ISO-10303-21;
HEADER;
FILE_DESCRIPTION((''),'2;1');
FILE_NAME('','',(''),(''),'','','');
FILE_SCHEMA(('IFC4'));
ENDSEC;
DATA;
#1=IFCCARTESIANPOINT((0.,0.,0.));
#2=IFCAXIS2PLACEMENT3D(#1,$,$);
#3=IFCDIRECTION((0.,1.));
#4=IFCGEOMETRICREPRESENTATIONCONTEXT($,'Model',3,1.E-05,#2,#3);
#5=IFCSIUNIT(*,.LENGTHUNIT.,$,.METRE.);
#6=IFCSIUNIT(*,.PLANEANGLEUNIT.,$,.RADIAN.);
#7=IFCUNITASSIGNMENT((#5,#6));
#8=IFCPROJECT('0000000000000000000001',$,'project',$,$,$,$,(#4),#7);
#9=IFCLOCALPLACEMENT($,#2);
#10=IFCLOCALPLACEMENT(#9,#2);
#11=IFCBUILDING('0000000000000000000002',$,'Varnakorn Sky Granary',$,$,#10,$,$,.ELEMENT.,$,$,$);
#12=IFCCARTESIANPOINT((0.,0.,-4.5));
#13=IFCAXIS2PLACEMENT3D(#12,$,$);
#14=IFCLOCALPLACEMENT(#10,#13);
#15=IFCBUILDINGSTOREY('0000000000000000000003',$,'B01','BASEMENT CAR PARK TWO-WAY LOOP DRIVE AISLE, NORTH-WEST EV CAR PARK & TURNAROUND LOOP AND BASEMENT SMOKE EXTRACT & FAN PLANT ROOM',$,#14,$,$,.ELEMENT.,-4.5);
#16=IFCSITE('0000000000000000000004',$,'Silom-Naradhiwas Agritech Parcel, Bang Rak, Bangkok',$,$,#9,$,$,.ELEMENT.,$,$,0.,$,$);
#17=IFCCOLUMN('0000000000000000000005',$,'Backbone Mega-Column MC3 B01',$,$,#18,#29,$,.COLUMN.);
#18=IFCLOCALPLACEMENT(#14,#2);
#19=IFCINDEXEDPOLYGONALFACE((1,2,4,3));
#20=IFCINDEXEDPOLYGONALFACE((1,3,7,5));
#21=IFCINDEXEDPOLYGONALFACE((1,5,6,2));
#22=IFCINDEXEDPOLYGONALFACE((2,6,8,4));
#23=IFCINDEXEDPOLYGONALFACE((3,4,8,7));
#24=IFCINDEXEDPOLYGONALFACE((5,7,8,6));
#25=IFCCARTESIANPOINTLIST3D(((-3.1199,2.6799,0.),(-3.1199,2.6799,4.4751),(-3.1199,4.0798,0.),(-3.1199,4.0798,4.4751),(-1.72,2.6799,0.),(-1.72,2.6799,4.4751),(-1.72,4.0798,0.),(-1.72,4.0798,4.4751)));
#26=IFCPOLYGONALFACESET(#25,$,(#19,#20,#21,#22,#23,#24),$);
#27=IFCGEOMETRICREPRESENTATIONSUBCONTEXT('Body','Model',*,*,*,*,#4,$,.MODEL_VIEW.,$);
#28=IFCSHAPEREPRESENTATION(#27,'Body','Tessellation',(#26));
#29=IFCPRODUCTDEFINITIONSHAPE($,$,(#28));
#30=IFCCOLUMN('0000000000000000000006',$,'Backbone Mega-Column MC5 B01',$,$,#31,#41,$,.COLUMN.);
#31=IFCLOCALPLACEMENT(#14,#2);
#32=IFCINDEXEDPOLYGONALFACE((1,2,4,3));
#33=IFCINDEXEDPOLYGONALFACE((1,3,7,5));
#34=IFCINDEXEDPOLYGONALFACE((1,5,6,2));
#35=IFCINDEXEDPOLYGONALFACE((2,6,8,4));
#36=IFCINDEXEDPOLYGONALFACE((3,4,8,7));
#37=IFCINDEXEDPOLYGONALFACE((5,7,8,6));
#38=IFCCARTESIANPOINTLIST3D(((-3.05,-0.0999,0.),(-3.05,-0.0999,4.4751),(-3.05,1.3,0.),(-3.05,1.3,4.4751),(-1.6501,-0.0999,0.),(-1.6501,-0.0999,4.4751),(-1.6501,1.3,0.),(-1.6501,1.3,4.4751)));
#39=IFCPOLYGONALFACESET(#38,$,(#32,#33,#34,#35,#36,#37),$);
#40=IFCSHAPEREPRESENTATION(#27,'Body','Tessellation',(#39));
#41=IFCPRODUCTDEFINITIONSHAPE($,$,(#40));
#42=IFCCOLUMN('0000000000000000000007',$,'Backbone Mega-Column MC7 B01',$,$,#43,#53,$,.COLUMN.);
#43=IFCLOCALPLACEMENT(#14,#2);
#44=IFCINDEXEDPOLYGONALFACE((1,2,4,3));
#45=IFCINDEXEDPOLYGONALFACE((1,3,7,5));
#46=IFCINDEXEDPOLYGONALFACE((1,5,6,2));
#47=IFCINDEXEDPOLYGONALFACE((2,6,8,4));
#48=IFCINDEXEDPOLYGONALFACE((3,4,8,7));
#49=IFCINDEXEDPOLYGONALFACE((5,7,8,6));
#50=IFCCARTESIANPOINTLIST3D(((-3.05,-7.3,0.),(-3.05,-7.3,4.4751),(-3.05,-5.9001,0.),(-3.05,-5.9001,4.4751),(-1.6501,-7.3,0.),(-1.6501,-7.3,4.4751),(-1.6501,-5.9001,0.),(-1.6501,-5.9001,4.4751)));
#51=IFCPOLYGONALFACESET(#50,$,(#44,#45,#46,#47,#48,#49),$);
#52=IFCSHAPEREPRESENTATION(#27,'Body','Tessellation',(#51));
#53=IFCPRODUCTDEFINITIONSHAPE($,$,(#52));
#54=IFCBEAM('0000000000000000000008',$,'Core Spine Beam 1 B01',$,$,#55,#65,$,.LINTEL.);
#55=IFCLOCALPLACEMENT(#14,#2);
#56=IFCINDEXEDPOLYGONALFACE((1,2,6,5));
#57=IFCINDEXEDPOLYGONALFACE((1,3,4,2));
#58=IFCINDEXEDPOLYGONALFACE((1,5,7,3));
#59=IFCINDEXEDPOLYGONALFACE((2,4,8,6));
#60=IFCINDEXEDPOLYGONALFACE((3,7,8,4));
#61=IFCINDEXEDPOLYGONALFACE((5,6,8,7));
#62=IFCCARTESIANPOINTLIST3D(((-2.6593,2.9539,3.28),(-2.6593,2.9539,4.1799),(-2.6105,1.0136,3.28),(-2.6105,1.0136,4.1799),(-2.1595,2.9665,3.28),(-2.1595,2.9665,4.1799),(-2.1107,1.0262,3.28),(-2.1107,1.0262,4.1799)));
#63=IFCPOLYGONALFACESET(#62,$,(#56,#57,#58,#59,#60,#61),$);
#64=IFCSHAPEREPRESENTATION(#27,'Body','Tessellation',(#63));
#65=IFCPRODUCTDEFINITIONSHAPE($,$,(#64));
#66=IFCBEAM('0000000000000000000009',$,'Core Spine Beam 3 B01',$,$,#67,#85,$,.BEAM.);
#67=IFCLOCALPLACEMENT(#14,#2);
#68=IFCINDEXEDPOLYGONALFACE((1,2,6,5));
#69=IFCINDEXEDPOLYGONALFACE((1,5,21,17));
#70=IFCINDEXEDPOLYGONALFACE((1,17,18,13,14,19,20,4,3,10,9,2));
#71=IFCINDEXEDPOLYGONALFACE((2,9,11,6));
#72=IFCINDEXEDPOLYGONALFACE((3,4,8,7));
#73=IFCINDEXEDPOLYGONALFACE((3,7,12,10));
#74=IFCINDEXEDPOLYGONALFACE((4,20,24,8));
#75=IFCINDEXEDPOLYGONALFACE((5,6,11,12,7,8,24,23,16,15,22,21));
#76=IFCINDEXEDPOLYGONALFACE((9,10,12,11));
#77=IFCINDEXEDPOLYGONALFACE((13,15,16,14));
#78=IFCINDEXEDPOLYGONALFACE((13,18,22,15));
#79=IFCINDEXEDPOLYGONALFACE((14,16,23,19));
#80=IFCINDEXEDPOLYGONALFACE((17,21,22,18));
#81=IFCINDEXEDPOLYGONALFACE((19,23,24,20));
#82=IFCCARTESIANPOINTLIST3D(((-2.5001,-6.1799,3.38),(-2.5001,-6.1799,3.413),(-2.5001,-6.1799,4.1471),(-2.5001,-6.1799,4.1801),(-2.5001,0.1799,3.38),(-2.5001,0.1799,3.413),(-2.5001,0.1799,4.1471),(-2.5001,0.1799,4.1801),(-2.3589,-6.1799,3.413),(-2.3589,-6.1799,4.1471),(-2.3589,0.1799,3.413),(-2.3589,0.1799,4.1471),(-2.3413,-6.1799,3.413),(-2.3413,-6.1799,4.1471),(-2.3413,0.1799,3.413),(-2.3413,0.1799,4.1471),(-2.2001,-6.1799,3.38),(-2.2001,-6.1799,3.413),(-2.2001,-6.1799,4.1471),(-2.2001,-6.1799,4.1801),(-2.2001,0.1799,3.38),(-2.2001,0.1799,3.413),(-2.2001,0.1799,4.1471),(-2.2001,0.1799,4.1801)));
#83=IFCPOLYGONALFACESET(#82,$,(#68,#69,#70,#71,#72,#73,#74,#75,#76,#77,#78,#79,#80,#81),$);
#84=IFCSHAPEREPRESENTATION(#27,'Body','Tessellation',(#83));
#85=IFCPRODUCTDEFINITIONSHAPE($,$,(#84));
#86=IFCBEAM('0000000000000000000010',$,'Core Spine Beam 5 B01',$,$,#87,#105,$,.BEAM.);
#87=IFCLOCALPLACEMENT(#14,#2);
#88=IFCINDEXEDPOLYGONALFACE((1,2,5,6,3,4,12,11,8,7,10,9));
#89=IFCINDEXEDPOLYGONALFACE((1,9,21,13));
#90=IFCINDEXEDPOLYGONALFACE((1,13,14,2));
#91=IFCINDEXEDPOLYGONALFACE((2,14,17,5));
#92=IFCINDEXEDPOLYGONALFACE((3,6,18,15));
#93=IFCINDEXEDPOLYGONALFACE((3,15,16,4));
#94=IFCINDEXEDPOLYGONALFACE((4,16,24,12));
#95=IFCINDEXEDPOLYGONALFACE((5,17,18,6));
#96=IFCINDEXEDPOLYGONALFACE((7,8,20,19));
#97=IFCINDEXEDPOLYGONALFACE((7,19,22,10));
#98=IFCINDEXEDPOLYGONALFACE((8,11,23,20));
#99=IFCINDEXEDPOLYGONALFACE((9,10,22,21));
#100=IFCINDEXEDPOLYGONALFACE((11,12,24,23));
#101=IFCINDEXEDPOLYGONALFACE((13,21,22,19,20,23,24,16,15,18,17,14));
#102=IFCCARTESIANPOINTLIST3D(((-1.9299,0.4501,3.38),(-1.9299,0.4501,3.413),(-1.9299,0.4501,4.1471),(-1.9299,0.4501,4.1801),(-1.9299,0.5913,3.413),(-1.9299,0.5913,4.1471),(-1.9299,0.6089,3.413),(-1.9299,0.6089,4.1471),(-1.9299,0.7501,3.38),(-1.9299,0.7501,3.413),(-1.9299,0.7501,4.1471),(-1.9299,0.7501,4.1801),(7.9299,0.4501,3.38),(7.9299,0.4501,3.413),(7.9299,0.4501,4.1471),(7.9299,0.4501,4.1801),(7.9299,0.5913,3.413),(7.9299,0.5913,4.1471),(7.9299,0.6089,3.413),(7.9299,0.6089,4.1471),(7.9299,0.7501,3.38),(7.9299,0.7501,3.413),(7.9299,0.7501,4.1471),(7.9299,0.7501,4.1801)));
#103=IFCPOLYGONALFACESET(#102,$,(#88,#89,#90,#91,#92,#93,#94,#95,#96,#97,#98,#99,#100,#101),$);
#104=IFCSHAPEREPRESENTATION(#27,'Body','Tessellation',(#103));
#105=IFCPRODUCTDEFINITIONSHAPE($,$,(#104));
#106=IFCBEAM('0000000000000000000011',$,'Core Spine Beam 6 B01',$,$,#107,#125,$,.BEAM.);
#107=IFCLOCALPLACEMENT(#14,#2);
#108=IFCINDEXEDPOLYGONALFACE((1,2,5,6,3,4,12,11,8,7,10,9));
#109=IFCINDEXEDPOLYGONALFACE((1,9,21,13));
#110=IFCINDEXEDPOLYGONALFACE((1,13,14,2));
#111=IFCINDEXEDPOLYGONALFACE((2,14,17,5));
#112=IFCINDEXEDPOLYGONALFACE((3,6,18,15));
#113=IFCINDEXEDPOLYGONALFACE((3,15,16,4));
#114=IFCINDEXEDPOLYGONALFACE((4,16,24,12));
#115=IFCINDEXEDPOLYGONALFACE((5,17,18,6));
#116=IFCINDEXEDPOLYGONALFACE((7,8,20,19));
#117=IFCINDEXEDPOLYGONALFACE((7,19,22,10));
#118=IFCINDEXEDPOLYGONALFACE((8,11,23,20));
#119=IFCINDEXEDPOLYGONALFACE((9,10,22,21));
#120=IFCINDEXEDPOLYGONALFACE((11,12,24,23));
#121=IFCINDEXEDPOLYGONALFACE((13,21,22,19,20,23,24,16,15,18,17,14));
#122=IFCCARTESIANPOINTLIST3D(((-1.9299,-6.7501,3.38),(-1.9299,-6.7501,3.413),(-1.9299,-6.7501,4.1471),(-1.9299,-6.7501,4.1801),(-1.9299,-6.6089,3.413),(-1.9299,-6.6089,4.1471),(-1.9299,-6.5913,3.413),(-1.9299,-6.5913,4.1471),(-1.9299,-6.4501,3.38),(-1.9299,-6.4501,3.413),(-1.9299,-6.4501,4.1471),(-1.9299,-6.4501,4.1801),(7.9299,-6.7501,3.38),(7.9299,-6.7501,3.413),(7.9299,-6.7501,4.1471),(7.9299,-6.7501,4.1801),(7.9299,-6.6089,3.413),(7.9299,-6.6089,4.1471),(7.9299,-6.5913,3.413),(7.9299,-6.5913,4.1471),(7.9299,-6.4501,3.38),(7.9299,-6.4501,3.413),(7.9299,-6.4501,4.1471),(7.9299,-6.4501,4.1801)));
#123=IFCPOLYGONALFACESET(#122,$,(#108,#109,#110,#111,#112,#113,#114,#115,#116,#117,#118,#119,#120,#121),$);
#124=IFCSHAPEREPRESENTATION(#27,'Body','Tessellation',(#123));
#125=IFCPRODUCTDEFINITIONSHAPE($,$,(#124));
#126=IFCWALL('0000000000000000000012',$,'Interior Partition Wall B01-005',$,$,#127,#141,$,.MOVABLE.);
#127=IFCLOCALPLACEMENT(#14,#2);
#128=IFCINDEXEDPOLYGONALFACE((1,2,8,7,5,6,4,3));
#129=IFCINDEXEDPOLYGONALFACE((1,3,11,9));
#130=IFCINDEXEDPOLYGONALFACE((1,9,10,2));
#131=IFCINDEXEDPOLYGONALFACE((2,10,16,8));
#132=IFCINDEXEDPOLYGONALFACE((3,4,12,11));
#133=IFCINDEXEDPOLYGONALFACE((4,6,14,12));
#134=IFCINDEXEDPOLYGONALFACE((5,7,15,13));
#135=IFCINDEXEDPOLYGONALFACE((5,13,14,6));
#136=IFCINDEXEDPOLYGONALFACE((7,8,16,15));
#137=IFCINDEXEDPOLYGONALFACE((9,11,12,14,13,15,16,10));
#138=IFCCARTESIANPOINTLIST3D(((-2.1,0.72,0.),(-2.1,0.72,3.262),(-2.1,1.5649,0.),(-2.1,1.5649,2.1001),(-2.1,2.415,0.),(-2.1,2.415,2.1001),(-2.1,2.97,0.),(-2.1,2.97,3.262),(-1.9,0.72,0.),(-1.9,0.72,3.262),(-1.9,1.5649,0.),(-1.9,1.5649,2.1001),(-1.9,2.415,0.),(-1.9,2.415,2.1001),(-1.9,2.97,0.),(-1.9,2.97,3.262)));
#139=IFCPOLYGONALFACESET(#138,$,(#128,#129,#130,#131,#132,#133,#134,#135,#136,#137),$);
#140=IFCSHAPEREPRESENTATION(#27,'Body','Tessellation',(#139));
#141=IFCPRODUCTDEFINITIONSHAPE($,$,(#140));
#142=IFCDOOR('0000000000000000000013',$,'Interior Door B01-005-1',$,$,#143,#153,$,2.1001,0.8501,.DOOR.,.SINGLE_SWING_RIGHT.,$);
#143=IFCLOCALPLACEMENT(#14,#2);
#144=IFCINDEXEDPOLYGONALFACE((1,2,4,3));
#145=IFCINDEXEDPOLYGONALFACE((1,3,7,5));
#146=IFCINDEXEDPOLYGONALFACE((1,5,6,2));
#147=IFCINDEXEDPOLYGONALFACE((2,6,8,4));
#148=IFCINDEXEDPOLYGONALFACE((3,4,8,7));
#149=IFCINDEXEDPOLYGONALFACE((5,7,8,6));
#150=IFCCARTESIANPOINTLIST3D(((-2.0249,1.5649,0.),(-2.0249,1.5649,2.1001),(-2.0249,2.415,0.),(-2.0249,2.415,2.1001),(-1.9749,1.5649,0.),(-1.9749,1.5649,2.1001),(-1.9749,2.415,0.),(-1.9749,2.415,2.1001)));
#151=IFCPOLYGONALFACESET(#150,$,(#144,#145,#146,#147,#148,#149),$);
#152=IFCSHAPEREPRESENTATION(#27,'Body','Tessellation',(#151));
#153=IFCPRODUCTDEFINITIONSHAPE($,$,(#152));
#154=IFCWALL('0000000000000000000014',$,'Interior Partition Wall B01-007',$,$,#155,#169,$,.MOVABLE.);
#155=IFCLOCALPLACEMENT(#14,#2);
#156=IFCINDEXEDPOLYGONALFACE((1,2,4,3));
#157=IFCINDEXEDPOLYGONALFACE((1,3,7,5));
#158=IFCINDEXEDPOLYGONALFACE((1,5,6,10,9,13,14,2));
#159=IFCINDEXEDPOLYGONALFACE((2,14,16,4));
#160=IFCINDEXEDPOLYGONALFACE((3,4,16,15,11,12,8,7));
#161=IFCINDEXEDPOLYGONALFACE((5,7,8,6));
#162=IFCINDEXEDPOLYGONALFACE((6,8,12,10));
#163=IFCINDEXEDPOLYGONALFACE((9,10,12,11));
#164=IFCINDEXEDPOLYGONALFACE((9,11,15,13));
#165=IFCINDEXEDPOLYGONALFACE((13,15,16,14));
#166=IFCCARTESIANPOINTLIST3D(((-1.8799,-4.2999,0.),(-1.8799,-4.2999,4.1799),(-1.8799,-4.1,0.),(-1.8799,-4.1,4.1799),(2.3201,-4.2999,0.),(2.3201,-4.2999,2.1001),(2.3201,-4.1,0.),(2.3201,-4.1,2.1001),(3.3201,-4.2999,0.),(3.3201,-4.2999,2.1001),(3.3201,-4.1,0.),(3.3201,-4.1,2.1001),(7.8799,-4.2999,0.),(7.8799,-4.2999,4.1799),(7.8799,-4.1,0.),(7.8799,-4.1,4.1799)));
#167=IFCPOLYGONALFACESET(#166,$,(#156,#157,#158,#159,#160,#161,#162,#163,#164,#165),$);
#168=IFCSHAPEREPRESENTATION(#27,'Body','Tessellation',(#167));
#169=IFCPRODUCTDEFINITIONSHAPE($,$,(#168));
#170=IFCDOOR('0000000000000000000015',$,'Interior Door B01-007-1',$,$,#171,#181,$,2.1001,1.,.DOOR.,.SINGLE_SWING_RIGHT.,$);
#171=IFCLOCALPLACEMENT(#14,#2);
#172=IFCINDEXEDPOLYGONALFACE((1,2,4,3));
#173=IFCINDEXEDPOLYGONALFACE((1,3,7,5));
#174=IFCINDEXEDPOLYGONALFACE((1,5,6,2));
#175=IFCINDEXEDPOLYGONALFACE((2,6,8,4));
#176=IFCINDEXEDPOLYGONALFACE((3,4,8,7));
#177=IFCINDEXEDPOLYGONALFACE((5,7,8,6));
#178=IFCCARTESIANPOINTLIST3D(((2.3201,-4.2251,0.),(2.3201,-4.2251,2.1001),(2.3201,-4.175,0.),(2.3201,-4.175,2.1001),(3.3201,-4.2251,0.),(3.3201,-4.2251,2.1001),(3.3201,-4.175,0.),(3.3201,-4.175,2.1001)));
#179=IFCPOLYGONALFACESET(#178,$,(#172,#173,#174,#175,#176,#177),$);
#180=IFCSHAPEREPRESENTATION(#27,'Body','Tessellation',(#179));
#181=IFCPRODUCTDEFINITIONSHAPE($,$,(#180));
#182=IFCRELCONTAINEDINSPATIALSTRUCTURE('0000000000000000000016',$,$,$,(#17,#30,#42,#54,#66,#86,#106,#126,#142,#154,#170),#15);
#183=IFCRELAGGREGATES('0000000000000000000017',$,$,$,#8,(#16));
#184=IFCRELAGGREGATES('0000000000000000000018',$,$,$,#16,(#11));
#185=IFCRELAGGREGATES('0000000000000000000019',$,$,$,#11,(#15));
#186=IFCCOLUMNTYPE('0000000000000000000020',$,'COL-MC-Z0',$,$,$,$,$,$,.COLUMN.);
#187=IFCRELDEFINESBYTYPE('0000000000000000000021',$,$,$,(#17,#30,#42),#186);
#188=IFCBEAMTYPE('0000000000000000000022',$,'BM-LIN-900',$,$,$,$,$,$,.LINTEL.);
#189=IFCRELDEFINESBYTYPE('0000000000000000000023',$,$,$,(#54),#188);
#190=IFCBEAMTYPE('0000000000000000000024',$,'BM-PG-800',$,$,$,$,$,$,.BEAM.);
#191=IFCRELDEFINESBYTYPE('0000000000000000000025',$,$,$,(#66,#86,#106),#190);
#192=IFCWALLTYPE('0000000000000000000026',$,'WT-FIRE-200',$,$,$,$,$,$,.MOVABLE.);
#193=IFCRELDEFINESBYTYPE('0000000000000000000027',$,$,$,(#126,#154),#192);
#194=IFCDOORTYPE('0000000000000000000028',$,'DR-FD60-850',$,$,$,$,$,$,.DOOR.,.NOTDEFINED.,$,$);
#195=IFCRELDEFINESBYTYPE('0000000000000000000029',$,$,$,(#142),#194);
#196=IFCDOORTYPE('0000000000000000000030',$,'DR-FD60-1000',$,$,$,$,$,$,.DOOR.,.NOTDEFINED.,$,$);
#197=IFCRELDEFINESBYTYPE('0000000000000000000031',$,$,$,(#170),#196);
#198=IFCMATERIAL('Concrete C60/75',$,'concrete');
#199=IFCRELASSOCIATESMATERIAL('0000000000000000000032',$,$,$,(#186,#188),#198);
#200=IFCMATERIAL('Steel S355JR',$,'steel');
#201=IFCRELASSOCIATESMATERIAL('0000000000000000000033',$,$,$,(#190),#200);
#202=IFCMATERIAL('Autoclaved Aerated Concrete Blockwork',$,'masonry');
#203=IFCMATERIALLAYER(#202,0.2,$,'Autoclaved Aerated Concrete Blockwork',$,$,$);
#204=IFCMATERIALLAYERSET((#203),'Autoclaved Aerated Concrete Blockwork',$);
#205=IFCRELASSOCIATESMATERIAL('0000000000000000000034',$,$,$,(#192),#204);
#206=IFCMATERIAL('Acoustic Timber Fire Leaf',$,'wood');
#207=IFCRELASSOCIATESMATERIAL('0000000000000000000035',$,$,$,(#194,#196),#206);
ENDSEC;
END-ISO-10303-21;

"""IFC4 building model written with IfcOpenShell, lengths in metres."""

from ifc_helpers import new_model, si_unit, direction, frame, frame_2d, origin, origin_2d, place, context, subcontext, project, spatial, rectangle, i_section, extrude, material, layer, layer_set, material_profile, profile_set, type_object, element, fill, save


model = new_model("IFC4")

# Units and contexts
model_context = context("Model", 3, precision=1e-05, world=origin(), true_north=direction((0.0, 1.0)))
body_context = subcontext(model_context, "Body", "Model", "MODEL_VIEW")
ifc_project = project(units=[si_unit("LENGTHUNIT", "METRE"), si_unit("PLANEANGLEUNIT", "RADIAN")], contexts=[model_context])

# Site, building, storey
site_placement = place(None, origin())
site = spatial("IfcSite", under=ifc_project, at=site_placement, Name="Silom-Naradhiwas Agritech Parcel, Bang Rak, Bangkok", CompositionType="ELEMENT", RefElevation=0.0)
building_placement = place(site_placement, origin())
building = spatial("IfcBuilding", under=site, at=building_placement, Name="Varnakorn Sky Granary", CompositionType="ELEMENT")
storey_placement = place(building_placement, frame((0.0, 0.0, -4.5)))
storey = spatial("IfcBuildingStorey", under=building, at=storey_placement, Name="B01", Description="BASEMENT CAR PARK TWO-WAY LOOP DRIVE AISLE, NORTH-WEST EV CAR PARK & TURNAROUND LOOP AND BASEMENT SMOKE EXTRACT & FAN PLANT ROOM", CompositionType="ELEMENT", Elevation=-4.5)

# Columns
ifc_material_1 = material(Name="Concrete C60/75", Category="concrete")
ifc_material_profile_1 = material_profile(ifc_material_1, rectangle(XDim=1.3999, YDim=1.3999, at=origin_2d()), Name="RC 1400x1400")
ifc_profile_set_1 = profile_set([ifc_material_profile_1], Name="Concrete C60/75")
column_type = type_object("IfcColumnType", Name="COL-MC-Z0", PredefinedType="COLUMN", material=ifc_profile_set_1)
for number, where, z_axis, x_axis, name in (
    (1, (-2.4199, 3.3799, 0.0), (0.0, 0.0, 1.0), (1.0, 0.0, 0.0), "Backbone Mega-Column MC3 B01"),
    (2, (-2.3501, 0.6001, 0.0), (0.0, 0.0, 1.0), (1.0, 0.0, 0.0), "Backbone Mega-Column MC5 B01"),
    (3, (-2.3501, -6.6001, 0.0), (0.0, 0.0, 1.0), (1.0, 0.0, 0.0), "Backbone Mega-Column MC7 B01"),
):
    element("IfcColumn", number, at=place(storey_placement, frame(where, z_axis=z_axis, x_axis=x_axis)), inside=storey, type_object=column_type, Name=name, PredefinedType="COLUMN", context=body_context, shape_type="SweptSolid", body=[
        extrude(rectangle(XDim=1.3999, YDim=1.3999, at=origin_2d()), origin(), (0.0, 0.0, 1.0), 4.4751),
    ])

# Beams
ifc_material_profile_2 = material_profile(ifc_material_1, rectangle(XDim=0.5, YDim=0.8999, at=origin_2d()), Name="RC 500x900")
ifc_profile_set_2 = profile_set([ifc_material_profile_2], Name="Concrete C60/75")
beam_type_1 = type_object("IfcBeamType", Name="BM-LIN-900", PredefinedType="LINTEL", material=ifc_profile_set_2)
beam_1_placement = place(storey_placement, frame((-2.4094, 2.9602, 3.73), z_axis=(0.025159, -0.999683, 0.0), x_axis=(0.999683, 0.025159, 0.0)))
element("IfcBeam", 4, at=beam_1_placement, inside=storey, type_object=beam_type_1, Name="Core Spine Beam 1 B01", PredefinedType="LINTEL", context=body_context, shape_type="SweptSolid", body=[
    extrude(rectangle(XDim=0.5, YDim=0.8999, at=origin_2d()), origin(), (0.0, 0.0, 1.0), 1.9409),
])
ifc_material_2 = material(Name="Steel S355JR", Category="steel")
ifc_material_profile_3 = material_profile(ifc_material_2, i_section(OverallWidth=0.3, OverallDepth=0.8, WebThickness=0.0176, FlangeThickness=0.033, at=origin_2d()), Name="HE 800 B")
ifc_profile_set_3 = profile_set([ifc_material_profile_3], Name="Steel S355JR")
beam_type_2 = type_object("IfcBeamType", Name="BM-PG-800", PredefinedType="BEAM", material=ifc_profile_set_3)
beam_2_placement = place(storey_placement, frame((-2.3501, 0.1799, 3.78), z_axis=(0.0, -1.0, 0.0), x_axis=(1.0, 0.0, 0.0)))
element("IfcBeam", 5, at=beam_2_placement, inside=storey, type_object=beam_type_2, Name="Core Spine Beam 3 B01", PredefinedType="BEAM", context=body_context, shape_type="SweptSolid", body=[
    extrude(i_section(OverallWidth=0.3, OverallDepth=0.8, WebThickness=0.0176, FlangeThickness=0.033, at=origin_2d()), origin(), (0.0, 0.0, 1.0), 6.3599),
])
for number, where, z_axis, x_axis, name in (
    (6, (-1.9299, 0.6001, 3.78), (1.0, 0.0, 0.0), (0.0, 1.0, 0.0), "Core Spine Beam 5 B01"),
    (7, (-1.9299, -6.6001, 3.78), (1.0, 0.0, 0.0), (0.0, 1.0, 0.0), "Core Spine Beam 6 B01"),
):
    element("IfcBeam", number, at=place(storey_placement, frame(where, z_axis=z_axis, x_axis=x_axis)), inside=storey, type_object=beam_type_2, Name=name, PredefinedType="BEAM", context=body_context, shape_type="SweptSolid", body=[
        extrude(i_section(OverallWidth=0.3, OverallDepth=0.8, WebThickness=0.0176, FlangeThickness=0.033, at=origin_2d()), origin(), (0.0, 0.0, 1.0), 9.8599),
    ])

# Walls, openings, doors
ifc_material_3 = material(Name="Autoclaved Aerated Concrete Blockwork", Category="masonry")
ifc_layer_1 = layer(ifc_material_3, 0.2, Name="Autoclaved Aerated Concrete Blockwork")
ifc_layer_set_1 = layer_set([ifc_layer_1], Name="Autoclaved Aerated Concrete Blockwork")
wall_type_1 = type_object("IfcWallType", Name="WT-FIRE-200", PredefinedType="MOVABLE", material=ifc_layer_set_1)
wall_1_placement = place(storey_placement, frame((-2.0, 0.72, 0.0), z_axis=(0.0, 0.0, 1.0), x_axis=(0.0, 1.0, 0.0)))
wall_1 = element("IfcWall", 8, at=wall_1_placement, inside=storey, type_object=wall_type_1, Name="Interior Partition Wall B01-005", PredefinedType="MOVABLE", context=body_context, shape_type="SweptSolid", body=[
    extrude(rectangle(XDim=2.25, YDim=0.2, at=frame_2d((1.125, 0.0))), origin(), (0.0, 0.0, 1.0), 3.262),
])
opening_1_placement = place(wall_1_placement, frame((0.845, 0.0, 0.0)))
opening_1 = element("IfcOpeningElement", 9, at=opening_1_placement, cuts=wall_1, PredefinedType="OPENING", context=body_context, shape_type="SweptSolid", body=[
    extrude(rectangle(XDim=0.8501, YDim=2.1001, at=frame_2d((0.425, 1.05))), frame((0.0, 0.1099, 0.0), z_axis=(0.0, -1.0, 0.0), x_axis=(1.0, 0.0, 0.0)), (0.0, 0.0, 1.0), 0.22),
])
ifc_material_4 = material(Name="Acoustic Timber Fire Leaf", Category="wood")
door_type_1 = type_object("IfcDoorType", Name="DR-FD60-850", OperationType="NOTDEFINED", PredefinedType="DOOR", material=ifc_material_4)
door_1_placement = place(opening_1_placement, origin())
door_1 = element("IfcDoor", 10, at=door_1_placement, inside=storey, type_object=door_type_1, Name="Interior Door B01-005-1", OperationType="SINGLE_SWING_RIGHT", OverallHeight=2.1001, OverallWidth=0.8501, PredefinedType="DOOR", context=body_context, shape_type="SweptSolid", body=[
    extrude(rectangle(XDim=0.8501, YDim=2.1001, at=frame_2d((0.425, 1.05))), frame((0.0, 0.0249, 0.0), z_axis=(0.0, -1.0, 0.0), x_axis=(1.0, 0.0, 0.0)), (0.0, 0.0, 1.0), 0.05),
])
fill(opening_1, door_1)
wall_2_placement = place(storey_placement, frame((-1.8799, -4.2, 0.0), z_axis=(0.0, 0.0, 1.0), x_axis=(1.0, 0.0, 0.0)))
wall_2 = element("IfcWall", 11, at=wall_2_placement, inside=storey, type_object=wall_type_1, Name="Interior Partition Wall B01-007", PredefinedType="MOVABLE", context=body_context, shape_type="SweptSolid", body=[
    extrude(rectangle(XDim=9.7598, YDim=0.2, at=frame_2d((4.8799, 0.0))), origin(), (0.0, 0.0, 1.0), 4.1799),
])
opening_2_placement = place(wall_2_placement, frame((4.2, 0.0, 0.0)))
opening_2 = element("IfcOpeningElement", 12, at=opening_2_placement, cuts=wall_2, PredefinedType="OPENING", context=body_context, shape_type="SweptSolid", body=[
    extrude(rectangle(XDim=1.0, YDim=2.1001, at=frame_2d((0.5, 1.05))), frame((0.0, 0.1099, 0.0), z_axis=(0.0, -1.0, 0.0), x_axis=(1.0, 0.0, 0.0)), (0.0, 0.0, 1.0), 0.22),
])
door_type_2 = type_object("IfcDoorType", Name="DR-FD60-1000", OperationType="NOTDEFINED", PredefinedType="DOOR", material=ifc_material_4)
door_2_placement = place(opening_2_placement, origin())
door_2 = element("IfcDoor", 13, at=door_2_placement, inside=storey, type_object=door_type_2, Name="Interior Door B01-007-1", OperationType="SINGLE_SWING_RIGHT", OverallHeight=2.1001, OverallWidth=1.0, PredefinedType="DOOR", context=body_context, shape_type="SweptSolid", body=[
    extrude(rectangle(XDim=1.0, YDim=2.1001, at=frame_2d((0.5, 1.05))), frame((0.0, 0.0249, 0.0), z_axis=(0.0, -1.0, 0.0), x_axis=(1.0, 0.0, 0.0)), (0.0, 0.0, 1.0), 0.05),
])
fill(opening_2, door_2)

save(model, "model.ifc")
